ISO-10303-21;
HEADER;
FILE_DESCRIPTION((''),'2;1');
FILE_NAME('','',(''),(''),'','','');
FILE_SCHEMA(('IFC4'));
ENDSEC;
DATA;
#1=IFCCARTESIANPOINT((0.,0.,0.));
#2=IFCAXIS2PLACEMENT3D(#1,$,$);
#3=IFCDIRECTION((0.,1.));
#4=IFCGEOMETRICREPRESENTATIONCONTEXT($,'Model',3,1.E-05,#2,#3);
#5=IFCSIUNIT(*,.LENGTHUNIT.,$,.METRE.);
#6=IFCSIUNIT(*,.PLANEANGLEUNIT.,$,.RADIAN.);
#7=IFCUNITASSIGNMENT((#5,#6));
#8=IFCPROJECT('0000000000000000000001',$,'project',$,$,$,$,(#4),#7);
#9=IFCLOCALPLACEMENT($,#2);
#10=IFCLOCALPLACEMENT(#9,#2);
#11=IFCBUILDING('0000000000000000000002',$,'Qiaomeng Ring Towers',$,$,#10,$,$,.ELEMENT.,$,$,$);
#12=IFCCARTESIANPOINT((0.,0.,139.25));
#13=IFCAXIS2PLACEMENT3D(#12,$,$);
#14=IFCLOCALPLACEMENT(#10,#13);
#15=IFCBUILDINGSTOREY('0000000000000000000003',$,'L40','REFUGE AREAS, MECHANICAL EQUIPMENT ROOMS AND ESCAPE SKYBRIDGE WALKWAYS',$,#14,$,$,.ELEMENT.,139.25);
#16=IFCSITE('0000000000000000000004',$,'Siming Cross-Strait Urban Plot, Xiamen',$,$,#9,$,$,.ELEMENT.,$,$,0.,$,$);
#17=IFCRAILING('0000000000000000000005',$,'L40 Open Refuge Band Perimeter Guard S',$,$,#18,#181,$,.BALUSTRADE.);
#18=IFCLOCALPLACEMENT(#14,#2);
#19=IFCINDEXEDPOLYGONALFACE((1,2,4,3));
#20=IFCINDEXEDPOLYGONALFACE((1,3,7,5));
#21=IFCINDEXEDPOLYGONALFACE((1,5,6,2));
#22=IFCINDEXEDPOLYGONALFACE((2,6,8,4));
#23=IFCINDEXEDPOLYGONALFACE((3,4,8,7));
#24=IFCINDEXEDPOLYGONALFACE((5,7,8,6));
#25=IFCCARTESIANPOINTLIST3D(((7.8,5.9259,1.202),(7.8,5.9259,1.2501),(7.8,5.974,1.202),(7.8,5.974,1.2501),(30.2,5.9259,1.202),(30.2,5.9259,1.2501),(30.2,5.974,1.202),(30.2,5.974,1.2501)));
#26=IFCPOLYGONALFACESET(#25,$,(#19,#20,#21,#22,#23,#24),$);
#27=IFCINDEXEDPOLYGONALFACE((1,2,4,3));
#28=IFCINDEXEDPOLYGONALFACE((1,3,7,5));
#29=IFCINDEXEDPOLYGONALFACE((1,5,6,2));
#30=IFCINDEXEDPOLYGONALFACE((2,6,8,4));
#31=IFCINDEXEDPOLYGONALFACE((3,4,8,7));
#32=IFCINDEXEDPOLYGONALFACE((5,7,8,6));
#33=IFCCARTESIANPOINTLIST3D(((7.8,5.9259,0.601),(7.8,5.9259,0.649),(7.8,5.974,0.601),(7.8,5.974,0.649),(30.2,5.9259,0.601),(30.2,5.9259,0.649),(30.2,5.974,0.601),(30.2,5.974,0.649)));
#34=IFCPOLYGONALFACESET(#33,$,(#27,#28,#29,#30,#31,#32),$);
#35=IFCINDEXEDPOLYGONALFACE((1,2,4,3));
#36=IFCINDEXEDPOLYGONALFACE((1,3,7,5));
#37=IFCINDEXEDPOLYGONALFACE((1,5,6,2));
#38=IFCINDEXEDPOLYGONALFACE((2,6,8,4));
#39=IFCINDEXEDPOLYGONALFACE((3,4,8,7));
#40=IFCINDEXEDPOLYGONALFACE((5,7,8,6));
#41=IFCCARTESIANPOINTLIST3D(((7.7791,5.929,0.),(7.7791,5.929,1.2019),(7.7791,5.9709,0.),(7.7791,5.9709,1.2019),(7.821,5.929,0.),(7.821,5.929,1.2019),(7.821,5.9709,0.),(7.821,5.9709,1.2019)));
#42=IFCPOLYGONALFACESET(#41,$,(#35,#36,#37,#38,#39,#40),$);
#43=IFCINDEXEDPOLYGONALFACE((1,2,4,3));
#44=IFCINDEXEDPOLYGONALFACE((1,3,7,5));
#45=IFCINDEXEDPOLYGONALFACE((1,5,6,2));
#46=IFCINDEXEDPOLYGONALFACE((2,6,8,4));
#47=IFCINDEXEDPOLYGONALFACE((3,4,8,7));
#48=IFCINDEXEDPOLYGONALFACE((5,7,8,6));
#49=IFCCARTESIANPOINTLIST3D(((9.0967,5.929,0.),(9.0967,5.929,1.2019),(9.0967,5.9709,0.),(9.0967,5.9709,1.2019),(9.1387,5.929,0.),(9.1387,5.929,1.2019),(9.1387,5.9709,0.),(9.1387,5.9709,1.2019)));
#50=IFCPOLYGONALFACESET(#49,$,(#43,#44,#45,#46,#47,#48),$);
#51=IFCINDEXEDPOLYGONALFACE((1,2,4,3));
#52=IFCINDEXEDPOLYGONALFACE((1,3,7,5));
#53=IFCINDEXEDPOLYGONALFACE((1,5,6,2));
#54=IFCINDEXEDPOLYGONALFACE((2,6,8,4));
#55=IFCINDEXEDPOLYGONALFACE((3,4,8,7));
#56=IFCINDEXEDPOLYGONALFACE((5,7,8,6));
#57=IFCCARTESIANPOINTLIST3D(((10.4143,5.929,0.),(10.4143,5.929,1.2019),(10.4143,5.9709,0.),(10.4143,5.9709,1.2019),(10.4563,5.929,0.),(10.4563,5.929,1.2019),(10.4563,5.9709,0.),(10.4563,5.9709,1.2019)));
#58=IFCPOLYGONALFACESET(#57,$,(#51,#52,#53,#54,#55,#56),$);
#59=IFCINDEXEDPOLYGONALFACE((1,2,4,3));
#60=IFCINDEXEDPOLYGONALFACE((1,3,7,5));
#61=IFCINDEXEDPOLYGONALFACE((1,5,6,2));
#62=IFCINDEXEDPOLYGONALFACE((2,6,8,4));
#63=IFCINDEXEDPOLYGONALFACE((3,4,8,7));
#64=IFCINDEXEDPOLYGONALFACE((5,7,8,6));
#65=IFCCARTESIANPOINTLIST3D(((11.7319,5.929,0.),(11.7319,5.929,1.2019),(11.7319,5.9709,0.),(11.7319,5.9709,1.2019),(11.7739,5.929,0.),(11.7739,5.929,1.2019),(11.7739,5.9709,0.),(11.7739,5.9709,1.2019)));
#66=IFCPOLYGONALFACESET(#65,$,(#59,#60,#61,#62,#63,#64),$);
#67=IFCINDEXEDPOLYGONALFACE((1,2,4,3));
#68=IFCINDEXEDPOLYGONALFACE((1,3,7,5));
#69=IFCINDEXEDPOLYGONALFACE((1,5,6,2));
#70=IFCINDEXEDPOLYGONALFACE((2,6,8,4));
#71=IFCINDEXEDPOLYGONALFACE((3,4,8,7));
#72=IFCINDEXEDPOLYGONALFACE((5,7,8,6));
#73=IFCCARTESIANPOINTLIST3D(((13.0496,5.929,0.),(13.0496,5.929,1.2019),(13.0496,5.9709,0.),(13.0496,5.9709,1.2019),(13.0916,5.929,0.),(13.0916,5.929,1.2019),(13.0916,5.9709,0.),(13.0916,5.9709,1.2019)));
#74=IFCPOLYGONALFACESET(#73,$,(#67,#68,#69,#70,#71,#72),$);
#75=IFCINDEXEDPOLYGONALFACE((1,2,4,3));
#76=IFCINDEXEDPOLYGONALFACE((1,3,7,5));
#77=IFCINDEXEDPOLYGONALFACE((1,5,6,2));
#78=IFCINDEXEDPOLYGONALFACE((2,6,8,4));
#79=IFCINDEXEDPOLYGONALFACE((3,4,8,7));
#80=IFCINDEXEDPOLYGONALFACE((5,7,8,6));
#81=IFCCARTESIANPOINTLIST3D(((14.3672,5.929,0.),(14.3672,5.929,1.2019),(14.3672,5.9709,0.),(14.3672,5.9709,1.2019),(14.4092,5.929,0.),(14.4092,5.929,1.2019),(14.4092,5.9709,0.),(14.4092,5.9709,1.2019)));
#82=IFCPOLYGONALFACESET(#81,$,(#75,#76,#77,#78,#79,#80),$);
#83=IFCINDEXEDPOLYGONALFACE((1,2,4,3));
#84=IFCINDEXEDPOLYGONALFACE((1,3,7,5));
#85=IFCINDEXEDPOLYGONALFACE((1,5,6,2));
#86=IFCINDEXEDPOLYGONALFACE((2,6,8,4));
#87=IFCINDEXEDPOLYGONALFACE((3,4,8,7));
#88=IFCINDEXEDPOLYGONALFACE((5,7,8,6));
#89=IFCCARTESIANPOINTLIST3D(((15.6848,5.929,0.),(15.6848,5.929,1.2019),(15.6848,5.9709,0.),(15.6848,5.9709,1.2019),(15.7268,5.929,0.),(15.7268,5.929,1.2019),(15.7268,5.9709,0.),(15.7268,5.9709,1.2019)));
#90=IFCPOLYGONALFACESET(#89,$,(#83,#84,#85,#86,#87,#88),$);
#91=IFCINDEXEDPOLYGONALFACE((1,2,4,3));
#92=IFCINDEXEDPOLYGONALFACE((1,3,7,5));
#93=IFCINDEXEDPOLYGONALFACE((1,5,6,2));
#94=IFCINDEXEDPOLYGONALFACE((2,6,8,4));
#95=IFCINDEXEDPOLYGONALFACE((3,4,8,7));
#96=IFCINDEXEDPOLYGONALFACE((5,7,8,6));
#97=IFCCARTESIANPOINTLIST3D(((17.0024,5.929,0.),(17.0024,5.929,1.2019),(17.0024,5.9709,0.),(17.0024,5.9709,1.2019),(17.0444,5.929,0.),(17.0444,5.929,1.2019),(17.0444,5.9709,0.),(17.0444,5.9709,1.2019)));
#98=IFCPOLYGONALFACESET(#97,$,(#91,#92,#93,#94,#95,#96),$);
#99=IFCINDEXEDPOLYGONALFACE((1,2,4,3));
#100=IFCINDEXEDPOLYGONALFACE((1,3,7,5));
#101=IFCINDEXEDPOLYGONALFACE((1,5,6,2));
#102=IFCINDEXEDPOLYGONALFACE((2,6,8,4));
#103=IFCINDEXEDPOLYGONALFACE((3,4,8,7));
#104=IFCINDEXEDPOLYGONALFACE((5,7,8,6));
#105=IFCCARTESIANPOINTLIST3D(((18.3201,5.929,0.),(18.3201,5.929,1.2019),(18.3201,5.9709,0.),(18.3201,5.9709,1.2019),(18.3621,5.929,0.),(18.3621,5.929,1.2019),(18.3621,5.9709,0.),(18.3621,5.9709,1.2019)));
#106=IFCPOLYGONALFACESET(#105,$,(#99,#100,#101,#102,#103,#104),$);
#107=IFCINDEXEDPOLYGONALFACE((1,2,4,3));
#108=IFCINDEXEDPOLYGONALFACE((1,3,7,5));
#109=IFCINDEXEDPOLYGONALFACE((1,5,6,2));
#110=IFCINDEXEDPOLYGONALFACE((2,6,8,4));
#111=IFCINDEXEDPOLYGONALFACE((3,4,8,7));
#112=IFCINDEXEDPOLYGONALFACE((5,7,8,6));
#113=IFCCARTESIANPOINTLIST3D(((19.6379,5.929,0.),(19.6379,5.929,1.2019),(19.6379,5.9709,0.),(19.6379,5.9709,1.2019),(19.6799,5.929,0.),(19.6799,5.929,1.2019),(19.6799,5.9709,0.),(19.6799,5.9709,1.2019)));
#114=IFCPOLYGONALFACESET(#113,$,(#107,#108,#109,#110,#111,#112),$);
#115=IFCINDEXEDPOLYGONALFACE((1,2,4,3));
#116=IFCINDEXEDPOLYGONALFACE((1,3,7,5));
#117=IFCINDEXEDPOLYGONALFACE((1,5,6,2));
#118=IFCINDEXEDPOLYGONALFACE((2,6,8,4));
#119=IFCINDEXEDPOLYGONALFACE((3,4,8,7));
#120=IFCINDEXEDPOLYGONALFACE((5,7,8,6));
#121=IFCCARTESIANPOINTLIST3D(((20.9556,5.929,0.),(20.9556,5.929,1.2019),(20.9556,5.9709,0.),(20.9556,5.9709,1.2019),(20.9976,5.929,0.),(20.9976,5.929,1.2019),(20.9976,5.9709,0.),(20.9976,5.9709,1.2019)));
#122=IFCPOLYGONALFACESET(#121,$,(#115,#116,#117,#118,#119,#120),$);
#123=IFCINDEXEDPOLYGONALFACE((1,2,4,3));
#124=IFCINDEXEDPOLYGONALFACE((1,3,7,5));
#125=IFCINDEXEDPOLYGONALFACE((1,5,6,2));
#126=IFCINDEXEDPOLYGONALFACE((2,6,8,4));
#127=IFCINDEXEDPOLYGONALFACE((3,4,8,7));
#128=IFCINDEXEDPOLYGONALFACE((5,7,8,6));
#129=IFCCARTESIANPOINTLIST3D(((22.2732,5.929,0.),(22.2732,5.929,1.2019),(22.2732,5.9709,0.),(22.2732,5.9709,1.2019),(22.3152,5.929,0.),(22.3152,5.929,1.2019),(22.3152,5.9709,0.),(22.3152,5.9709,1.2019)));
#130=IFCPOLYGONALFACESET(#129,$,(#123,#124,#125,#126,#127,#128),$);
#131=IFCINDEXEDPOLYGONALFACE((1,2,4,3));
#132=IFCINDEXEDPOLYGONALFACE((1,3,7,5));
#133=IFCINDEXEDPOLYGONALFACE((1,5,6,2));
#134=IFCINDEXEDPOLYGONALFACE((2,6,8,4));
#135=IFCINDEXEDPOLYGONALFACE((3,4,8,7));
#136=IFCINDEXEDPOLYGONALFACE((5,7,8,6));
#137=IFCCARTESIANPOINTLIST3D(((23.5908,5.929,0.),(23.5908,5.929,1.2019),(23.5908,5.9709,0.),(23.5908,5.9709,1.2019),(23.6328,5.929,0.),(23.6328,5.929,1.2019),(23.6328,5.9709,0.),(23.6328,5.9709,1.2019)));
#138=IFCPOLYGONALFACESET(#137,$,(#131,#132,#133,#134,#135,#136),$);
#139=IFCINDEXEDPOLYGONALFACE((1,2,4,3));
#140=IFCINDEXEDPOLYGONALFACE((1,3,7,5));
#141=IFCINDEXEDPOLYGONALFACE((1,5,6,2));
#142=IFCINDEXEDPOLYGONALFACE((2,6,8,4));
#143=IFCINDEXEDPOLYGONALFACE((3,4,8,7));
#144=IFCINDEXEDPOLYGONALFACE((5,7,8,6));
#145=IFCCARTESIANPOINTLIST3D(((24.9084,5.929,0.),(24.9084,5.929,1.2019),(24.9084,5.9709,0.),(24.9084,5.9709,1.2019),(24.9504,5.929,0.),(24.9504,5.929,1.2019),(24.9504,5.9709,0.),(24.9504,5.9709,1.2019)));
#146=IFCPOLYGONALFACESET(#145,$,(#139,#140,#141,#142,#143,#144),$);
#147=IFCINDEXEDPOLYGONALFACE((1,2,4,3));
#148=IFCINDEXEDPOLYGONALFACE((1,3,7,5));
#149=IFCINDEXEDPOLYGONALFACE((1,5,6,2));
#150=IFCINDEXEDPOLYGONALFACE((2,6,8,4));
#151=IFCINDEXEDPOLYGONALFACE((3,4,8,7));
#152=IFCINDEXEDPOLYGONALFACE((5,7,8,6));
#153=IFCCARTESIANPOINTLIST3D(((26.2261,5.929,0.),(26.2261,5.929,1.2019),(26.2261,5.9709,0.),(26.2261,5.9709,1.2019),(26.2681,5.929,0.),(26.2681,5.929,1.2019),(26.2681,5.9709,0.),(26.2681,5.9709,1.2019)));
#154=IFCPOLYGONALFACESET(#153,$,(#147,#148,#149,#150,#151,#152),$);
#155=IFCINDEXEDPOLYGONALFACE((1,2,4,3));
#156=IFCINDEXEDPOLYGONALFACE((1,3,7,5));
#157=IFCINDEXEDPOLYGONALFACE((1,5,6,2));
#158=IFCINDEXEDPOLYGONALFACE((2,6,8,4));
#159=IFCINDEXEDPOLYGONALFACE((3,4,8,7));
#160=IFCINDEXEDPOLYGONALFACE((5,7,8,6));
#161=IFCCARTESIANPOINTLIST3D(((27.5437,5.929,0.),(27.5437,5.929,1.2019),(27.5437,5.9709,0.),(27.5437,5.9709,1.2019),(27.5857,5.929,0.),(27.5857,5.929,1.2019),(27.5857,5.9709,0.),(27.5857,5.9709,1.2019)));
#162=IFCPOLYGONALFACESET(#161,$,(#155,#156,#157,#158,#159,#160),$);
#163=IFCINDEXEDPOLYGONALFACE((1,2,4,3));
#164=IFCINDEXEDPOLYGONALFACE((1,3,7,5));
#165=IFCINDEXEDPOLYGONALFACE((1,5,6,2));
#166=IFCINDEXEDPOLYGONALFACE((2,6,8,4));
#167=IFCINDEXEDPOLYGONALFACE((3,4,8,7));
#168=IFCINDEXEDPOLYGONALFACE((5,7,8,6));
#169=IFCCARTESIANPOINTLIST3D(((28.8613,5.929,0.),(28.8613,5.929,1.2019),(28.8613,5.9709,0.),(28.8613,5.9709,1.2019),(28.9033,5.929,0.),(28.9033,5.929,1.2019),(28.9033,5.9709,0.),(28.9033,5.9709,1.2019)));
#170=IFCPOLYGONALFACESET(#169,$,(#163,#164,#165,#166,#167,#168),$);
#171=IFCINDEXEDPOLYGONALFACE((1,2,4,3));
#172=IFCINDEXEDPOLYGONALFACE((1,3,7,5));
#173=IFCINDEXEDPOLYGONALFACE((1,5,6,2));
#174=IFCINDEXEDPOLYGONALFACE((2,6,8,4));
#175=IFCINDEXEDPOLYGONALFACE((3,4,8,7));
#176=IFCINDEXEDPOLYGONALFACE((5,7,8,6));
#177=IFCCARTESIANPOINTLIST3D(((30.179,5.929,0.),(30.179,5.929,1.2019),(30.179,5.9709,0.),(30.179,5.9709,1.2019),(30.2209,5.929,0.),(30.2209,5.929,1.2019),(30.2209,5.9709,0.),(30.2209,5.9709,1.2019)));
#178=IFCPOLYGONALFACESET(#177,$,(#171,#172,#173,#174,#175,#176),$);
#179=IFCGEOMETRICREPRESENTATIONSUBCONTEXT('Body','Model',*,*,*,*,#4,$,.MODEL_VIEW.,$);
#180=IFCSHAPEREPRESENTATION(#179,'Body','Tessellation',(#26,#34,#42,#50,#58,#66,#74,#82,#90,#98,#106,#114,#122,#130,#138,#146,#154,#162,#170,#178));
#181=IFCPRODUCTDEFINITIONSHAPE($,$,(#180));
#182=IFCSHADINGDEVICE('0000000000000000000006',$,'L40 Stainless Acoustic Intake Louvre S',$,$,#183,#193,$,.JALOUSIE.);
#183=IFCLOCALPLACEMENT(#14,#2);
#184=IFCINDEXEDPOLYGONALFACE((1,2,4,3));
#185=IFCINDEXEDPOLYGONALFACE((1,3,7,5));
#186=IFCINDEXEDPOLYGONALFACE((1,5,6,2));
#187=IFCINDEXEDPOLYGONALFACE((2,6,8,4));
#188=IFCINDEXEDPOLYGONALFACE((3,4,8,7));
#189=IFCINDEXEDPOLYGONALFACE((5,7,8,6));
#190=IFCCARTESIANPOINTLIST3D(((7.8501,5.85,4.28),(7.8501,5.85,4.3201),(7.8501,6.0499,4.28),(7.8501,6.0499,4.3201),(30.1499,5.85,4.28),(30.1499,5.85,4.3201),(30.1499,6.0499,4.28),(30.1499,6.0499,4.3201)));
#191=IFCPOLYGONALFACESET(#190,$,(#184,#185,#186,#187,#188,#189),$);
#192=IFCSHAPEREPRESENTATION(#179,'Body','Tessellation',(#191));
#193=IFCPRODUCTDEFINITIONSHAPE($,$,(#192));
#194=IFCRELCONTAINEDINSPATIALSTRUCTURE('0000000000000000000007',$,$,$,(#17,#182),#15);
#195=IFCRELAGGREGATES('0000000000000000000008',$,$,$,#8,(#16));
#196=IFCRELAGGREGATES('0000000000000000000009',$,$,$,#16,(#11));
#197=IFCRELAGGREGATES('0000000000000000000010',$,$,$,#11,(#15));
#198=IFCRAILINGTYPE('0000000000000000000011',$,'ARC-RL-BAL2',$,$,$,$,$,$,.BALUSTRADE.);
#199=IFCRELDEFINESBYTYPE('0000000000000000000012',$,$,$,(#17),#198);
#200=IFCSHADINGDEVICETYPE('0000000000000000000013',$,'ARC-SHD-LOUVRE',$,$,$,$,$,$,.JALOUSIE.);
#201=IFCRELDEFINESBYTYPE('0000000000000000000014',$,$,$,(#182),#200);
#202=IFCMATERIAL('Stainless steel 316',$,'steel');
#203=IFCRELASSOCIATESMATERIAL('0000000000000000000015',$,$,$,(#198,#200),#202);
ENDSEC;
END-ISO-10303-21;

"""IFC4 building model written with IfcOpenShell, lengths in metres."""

from ifc_helpers import new_model, si_unit, direction, frame, origin, origin_2d, place, context, subcontext, project, spatial, rectangle, extrude, source, transform, mapped, material, material_profile, profile_set, type_object, element, save


model = new_model("IFC4")

# Units and contexts
model_context = context("Model", 3, precision=1e-05, world=origin(), true_north=direction((0.0, 1.0)))
body_context = subcontext(model_context, "Body", "Model", "MODEL_VIEW")
ifc_project = project(units=[si_unit("LENGTHUNIT", "METRE"), si_unit("PLANEANGLEUNIT", "RADIAN")], contexts=[model_context])

# Site, building, storey
site_placement = place(None, origin())
site = spatial("IfcSite", under=ifc_project, at=site_placement, Name="Siming Cross-Strait Urban Plot, Xiamen", CompositionType="ELEMENT", RefElevation=0.0)
building_placement = place(site_placement, origin())
building = spatial("IfcBuilding", under=site, at=building_placement, Name="Qiaomeng Ring Towers", CompositionType="ELEMENT")
storey_placement = place(building_placement, frame((0.0, 0.0, 139.25)))
storey = spatial("IfcBuildingStorey", under=building, at=storey_placement, Name="L40", Description="REFUGE AREAS, MECHANICAL EQUIPMENT ROOMS AND ESCAPE SKYBRIDGE WALKWAYS", CompositionType="ELEMENT", Elevation=139.25)

# Shared definitions
ifc_material_1 = material(Name="Stainless steel 316", Category="steel")

# Railing
railing_type = type_object("IfcRailingType", Name="ARC-RL-BAL2", PredefinedType="BALUSTRADE", material=ifc_material_1)
railing_placement = place(storey_placement, frame((7.8, 5.95, 0.0)))
element("IfcRailing", 1, at=railing_placement, inside=storey, type_object=railing_type, Name="L40 Open Refuge Band Perimeter Guard S", PredefinedType="BALUSTRADE", context=body_context, shape_type="SweptSolid", body=[
    extrude(rectangle(XDim=0.0481, YDim=0.0481, at=origin_2d()), frame((0.0, 0.0, 1.2261), z_axis=(1.0, 0.0, 0.0), x_axis=(0.0, 1.0, 0.0)), (0.0, 0.0, 1.0), 22.3999),
    extrude(rectangle(XDim=0.0481, YDim=0.0481, at=origin_2d()), frame((0.0, 0.0, 0.625), z_axis=(1.0, 0.0, 0.0), x_axis=(0.0, 1.0, 0.0)), (0.0, 0.0, 1.0), 22.3999),
    extrude(rectangle(XDim=0.042, YDim=0.042, at=origin_2d()), origin(), (0.0, 0.0, 1.0), 1.2019),
    extrude(rectangle(XDim=0.042, YDim=0.042, at=origin_2d()), frame((1.3176, 0.0, 0.0)), (0.0, 0.0, 1.0), 1.2019),
    extrude(rectangle(XDim=0.042, YDim=0.042, at=origin_2d()), frame((2.6353, 0.0, 0.0)), (0.0, 0.0, 1.0), 1.2019),
    extrude(rectangle(XDim=0.042, YDim=0.042, at=origin_2d()), frame((3.9529, 0.0, 0.0)), (0.0, 0.0, 1.0), 1.2019),
    extrude(rectangle(XDim=0.042, YDim=0.042, at=origin_2d()), frame((5.2705, 0.0, 0.0)), (0.0, 0.0, 1.0), 1.2019),
    extrude(rectangle(XDim=0.042, YDim=0.042, at=origin_2d()), frame((6.5881, 0.0, 0.0)), (0.0, 0.0, 1.0), 1.2019),
    extrude(rectangle(XDim=0.042, YDim=0.042, at=origin_2d()), frame((7.9058, 0.0, 0.0)), (0.0, 0.0, 1.0), 1.2019),
    extrude(rectangle(XDim=0.042, YDim=0.042, at=origin_2d()), frame((9.2234, 0.0, 0.0)), (0.0, 0.0, 1.0), 1.2019),
    extrude(rectangle(XDim=0.042, YDim=0.042, at=origin_2d()), frame((10.541, 0.0, 0.0)), (0.0, 0.0, 1.0), 1.2019),
    extrude(rectangle(XDim=0.042, YDim=0.042, at=origin_2d()), frame((11.8589, 0.0, 0.0)), (0.0, 0.0, 1.0), 1.2019),
    extrude(rectangle(XDim=0.042, YDim=0.042, at=origin_2d()), frame((13.1765, 0.0, 0.0)), (0.0, 0.0, 1.0), 1.2019),
    extrude(rectangle(XDim=0.042, YDim=0.042, at=origin_2d()), frame((14.4941, 0.0, 0.0)), (0.0, 0.0, 1.0), 1.2019),
    extrude(rectangle(XDim=0.042, YDim=0.042, at=origin_2d()), frame((15.8118, 0.0, 0.0)), (0.0, 0.0, 1.0), 1.2019),
    extrude(rectangle(XDim=0.042, YDim=0.042, at=origin_2d()), frame((17.1294, 0.0, 0.0)), (0.0, 0.0, 1.0), 1.2019),
    extrude(rectangle(XDim=0.042, YDim=0.042, at=origin_2d()), frame((18.447, 0.0, 0.0)), (0.0, 0.0, 1.0), 1.2019),
    extrude(rectangle(XDim=0.042, YDim=0.042, at=origin_2d()), frame((19.7646, 0.0, 0.0)), (0.0, 0.0, 1.0), 1.2019),
    extrude(rectangle(XDim=0.042, YDim=0.042, at=origin_2d()), frame((21.0823, 0.0, 0.0)), (0.0, 0.0, 1.0), 1.2019),
    extrude(rectangle(XDim=0.042, YDim=0.042, at=origin_2d()), frame((22.3999, 0.0, 0.0)), (0.0, 0.0, 1.0), 1.2019),
])

# Shading device
ifc_material_profile_1 = material_profile(ifc_material_1, rectangle(XDim=0.2, YDim=0.04, at=origin_2d()), Name="LV BLADE 200x40")
ifc_profile_set_1 = profile_set([ifc_material_profile_1], Name="Stainless steel 316")
shading_device_type = type_object("IfcShadingDeviceType", Name="ARC-SHD-LOUVRE", PredefinedType="JALOUSIE", material=ifc_profile_set_1)
shared_shape_1 = source(origin(), body_context, "Body", "SweptSolid", [
    extrude(rectangle(XDim=0.2, YDim=0.04, at=origin_2d()), origin(), (0.0, 0.0, 1.0), 22.2998),
])
shading_device_placement = place(storey_placement, frame((7.8501, 5.95, 4.3), z_axis=(1.0, 0.0, 0.0), x_axis=(0.0, 1.0, 0.0)))
element("IfcShadingDevice", 2, at=shading_device_placement, inside=storey, type_object=shading_device_type, Name="L40 Stainless Acoustic Intake Louvre S", PredefinedType="JALOUSIE", context=body_context, shape_type="MappedRepresentation", body=[
    mapped(shared_shape_1, transform((0.0, 0.0, 0.0), x_axis=(1.0, 0.0, 0.0), y_axis=(0.0, 1.0, 0.0), z_axis=(0.0, 0.0, 1.0), scale=1.0)),
])

save(model, "model.ifc")
